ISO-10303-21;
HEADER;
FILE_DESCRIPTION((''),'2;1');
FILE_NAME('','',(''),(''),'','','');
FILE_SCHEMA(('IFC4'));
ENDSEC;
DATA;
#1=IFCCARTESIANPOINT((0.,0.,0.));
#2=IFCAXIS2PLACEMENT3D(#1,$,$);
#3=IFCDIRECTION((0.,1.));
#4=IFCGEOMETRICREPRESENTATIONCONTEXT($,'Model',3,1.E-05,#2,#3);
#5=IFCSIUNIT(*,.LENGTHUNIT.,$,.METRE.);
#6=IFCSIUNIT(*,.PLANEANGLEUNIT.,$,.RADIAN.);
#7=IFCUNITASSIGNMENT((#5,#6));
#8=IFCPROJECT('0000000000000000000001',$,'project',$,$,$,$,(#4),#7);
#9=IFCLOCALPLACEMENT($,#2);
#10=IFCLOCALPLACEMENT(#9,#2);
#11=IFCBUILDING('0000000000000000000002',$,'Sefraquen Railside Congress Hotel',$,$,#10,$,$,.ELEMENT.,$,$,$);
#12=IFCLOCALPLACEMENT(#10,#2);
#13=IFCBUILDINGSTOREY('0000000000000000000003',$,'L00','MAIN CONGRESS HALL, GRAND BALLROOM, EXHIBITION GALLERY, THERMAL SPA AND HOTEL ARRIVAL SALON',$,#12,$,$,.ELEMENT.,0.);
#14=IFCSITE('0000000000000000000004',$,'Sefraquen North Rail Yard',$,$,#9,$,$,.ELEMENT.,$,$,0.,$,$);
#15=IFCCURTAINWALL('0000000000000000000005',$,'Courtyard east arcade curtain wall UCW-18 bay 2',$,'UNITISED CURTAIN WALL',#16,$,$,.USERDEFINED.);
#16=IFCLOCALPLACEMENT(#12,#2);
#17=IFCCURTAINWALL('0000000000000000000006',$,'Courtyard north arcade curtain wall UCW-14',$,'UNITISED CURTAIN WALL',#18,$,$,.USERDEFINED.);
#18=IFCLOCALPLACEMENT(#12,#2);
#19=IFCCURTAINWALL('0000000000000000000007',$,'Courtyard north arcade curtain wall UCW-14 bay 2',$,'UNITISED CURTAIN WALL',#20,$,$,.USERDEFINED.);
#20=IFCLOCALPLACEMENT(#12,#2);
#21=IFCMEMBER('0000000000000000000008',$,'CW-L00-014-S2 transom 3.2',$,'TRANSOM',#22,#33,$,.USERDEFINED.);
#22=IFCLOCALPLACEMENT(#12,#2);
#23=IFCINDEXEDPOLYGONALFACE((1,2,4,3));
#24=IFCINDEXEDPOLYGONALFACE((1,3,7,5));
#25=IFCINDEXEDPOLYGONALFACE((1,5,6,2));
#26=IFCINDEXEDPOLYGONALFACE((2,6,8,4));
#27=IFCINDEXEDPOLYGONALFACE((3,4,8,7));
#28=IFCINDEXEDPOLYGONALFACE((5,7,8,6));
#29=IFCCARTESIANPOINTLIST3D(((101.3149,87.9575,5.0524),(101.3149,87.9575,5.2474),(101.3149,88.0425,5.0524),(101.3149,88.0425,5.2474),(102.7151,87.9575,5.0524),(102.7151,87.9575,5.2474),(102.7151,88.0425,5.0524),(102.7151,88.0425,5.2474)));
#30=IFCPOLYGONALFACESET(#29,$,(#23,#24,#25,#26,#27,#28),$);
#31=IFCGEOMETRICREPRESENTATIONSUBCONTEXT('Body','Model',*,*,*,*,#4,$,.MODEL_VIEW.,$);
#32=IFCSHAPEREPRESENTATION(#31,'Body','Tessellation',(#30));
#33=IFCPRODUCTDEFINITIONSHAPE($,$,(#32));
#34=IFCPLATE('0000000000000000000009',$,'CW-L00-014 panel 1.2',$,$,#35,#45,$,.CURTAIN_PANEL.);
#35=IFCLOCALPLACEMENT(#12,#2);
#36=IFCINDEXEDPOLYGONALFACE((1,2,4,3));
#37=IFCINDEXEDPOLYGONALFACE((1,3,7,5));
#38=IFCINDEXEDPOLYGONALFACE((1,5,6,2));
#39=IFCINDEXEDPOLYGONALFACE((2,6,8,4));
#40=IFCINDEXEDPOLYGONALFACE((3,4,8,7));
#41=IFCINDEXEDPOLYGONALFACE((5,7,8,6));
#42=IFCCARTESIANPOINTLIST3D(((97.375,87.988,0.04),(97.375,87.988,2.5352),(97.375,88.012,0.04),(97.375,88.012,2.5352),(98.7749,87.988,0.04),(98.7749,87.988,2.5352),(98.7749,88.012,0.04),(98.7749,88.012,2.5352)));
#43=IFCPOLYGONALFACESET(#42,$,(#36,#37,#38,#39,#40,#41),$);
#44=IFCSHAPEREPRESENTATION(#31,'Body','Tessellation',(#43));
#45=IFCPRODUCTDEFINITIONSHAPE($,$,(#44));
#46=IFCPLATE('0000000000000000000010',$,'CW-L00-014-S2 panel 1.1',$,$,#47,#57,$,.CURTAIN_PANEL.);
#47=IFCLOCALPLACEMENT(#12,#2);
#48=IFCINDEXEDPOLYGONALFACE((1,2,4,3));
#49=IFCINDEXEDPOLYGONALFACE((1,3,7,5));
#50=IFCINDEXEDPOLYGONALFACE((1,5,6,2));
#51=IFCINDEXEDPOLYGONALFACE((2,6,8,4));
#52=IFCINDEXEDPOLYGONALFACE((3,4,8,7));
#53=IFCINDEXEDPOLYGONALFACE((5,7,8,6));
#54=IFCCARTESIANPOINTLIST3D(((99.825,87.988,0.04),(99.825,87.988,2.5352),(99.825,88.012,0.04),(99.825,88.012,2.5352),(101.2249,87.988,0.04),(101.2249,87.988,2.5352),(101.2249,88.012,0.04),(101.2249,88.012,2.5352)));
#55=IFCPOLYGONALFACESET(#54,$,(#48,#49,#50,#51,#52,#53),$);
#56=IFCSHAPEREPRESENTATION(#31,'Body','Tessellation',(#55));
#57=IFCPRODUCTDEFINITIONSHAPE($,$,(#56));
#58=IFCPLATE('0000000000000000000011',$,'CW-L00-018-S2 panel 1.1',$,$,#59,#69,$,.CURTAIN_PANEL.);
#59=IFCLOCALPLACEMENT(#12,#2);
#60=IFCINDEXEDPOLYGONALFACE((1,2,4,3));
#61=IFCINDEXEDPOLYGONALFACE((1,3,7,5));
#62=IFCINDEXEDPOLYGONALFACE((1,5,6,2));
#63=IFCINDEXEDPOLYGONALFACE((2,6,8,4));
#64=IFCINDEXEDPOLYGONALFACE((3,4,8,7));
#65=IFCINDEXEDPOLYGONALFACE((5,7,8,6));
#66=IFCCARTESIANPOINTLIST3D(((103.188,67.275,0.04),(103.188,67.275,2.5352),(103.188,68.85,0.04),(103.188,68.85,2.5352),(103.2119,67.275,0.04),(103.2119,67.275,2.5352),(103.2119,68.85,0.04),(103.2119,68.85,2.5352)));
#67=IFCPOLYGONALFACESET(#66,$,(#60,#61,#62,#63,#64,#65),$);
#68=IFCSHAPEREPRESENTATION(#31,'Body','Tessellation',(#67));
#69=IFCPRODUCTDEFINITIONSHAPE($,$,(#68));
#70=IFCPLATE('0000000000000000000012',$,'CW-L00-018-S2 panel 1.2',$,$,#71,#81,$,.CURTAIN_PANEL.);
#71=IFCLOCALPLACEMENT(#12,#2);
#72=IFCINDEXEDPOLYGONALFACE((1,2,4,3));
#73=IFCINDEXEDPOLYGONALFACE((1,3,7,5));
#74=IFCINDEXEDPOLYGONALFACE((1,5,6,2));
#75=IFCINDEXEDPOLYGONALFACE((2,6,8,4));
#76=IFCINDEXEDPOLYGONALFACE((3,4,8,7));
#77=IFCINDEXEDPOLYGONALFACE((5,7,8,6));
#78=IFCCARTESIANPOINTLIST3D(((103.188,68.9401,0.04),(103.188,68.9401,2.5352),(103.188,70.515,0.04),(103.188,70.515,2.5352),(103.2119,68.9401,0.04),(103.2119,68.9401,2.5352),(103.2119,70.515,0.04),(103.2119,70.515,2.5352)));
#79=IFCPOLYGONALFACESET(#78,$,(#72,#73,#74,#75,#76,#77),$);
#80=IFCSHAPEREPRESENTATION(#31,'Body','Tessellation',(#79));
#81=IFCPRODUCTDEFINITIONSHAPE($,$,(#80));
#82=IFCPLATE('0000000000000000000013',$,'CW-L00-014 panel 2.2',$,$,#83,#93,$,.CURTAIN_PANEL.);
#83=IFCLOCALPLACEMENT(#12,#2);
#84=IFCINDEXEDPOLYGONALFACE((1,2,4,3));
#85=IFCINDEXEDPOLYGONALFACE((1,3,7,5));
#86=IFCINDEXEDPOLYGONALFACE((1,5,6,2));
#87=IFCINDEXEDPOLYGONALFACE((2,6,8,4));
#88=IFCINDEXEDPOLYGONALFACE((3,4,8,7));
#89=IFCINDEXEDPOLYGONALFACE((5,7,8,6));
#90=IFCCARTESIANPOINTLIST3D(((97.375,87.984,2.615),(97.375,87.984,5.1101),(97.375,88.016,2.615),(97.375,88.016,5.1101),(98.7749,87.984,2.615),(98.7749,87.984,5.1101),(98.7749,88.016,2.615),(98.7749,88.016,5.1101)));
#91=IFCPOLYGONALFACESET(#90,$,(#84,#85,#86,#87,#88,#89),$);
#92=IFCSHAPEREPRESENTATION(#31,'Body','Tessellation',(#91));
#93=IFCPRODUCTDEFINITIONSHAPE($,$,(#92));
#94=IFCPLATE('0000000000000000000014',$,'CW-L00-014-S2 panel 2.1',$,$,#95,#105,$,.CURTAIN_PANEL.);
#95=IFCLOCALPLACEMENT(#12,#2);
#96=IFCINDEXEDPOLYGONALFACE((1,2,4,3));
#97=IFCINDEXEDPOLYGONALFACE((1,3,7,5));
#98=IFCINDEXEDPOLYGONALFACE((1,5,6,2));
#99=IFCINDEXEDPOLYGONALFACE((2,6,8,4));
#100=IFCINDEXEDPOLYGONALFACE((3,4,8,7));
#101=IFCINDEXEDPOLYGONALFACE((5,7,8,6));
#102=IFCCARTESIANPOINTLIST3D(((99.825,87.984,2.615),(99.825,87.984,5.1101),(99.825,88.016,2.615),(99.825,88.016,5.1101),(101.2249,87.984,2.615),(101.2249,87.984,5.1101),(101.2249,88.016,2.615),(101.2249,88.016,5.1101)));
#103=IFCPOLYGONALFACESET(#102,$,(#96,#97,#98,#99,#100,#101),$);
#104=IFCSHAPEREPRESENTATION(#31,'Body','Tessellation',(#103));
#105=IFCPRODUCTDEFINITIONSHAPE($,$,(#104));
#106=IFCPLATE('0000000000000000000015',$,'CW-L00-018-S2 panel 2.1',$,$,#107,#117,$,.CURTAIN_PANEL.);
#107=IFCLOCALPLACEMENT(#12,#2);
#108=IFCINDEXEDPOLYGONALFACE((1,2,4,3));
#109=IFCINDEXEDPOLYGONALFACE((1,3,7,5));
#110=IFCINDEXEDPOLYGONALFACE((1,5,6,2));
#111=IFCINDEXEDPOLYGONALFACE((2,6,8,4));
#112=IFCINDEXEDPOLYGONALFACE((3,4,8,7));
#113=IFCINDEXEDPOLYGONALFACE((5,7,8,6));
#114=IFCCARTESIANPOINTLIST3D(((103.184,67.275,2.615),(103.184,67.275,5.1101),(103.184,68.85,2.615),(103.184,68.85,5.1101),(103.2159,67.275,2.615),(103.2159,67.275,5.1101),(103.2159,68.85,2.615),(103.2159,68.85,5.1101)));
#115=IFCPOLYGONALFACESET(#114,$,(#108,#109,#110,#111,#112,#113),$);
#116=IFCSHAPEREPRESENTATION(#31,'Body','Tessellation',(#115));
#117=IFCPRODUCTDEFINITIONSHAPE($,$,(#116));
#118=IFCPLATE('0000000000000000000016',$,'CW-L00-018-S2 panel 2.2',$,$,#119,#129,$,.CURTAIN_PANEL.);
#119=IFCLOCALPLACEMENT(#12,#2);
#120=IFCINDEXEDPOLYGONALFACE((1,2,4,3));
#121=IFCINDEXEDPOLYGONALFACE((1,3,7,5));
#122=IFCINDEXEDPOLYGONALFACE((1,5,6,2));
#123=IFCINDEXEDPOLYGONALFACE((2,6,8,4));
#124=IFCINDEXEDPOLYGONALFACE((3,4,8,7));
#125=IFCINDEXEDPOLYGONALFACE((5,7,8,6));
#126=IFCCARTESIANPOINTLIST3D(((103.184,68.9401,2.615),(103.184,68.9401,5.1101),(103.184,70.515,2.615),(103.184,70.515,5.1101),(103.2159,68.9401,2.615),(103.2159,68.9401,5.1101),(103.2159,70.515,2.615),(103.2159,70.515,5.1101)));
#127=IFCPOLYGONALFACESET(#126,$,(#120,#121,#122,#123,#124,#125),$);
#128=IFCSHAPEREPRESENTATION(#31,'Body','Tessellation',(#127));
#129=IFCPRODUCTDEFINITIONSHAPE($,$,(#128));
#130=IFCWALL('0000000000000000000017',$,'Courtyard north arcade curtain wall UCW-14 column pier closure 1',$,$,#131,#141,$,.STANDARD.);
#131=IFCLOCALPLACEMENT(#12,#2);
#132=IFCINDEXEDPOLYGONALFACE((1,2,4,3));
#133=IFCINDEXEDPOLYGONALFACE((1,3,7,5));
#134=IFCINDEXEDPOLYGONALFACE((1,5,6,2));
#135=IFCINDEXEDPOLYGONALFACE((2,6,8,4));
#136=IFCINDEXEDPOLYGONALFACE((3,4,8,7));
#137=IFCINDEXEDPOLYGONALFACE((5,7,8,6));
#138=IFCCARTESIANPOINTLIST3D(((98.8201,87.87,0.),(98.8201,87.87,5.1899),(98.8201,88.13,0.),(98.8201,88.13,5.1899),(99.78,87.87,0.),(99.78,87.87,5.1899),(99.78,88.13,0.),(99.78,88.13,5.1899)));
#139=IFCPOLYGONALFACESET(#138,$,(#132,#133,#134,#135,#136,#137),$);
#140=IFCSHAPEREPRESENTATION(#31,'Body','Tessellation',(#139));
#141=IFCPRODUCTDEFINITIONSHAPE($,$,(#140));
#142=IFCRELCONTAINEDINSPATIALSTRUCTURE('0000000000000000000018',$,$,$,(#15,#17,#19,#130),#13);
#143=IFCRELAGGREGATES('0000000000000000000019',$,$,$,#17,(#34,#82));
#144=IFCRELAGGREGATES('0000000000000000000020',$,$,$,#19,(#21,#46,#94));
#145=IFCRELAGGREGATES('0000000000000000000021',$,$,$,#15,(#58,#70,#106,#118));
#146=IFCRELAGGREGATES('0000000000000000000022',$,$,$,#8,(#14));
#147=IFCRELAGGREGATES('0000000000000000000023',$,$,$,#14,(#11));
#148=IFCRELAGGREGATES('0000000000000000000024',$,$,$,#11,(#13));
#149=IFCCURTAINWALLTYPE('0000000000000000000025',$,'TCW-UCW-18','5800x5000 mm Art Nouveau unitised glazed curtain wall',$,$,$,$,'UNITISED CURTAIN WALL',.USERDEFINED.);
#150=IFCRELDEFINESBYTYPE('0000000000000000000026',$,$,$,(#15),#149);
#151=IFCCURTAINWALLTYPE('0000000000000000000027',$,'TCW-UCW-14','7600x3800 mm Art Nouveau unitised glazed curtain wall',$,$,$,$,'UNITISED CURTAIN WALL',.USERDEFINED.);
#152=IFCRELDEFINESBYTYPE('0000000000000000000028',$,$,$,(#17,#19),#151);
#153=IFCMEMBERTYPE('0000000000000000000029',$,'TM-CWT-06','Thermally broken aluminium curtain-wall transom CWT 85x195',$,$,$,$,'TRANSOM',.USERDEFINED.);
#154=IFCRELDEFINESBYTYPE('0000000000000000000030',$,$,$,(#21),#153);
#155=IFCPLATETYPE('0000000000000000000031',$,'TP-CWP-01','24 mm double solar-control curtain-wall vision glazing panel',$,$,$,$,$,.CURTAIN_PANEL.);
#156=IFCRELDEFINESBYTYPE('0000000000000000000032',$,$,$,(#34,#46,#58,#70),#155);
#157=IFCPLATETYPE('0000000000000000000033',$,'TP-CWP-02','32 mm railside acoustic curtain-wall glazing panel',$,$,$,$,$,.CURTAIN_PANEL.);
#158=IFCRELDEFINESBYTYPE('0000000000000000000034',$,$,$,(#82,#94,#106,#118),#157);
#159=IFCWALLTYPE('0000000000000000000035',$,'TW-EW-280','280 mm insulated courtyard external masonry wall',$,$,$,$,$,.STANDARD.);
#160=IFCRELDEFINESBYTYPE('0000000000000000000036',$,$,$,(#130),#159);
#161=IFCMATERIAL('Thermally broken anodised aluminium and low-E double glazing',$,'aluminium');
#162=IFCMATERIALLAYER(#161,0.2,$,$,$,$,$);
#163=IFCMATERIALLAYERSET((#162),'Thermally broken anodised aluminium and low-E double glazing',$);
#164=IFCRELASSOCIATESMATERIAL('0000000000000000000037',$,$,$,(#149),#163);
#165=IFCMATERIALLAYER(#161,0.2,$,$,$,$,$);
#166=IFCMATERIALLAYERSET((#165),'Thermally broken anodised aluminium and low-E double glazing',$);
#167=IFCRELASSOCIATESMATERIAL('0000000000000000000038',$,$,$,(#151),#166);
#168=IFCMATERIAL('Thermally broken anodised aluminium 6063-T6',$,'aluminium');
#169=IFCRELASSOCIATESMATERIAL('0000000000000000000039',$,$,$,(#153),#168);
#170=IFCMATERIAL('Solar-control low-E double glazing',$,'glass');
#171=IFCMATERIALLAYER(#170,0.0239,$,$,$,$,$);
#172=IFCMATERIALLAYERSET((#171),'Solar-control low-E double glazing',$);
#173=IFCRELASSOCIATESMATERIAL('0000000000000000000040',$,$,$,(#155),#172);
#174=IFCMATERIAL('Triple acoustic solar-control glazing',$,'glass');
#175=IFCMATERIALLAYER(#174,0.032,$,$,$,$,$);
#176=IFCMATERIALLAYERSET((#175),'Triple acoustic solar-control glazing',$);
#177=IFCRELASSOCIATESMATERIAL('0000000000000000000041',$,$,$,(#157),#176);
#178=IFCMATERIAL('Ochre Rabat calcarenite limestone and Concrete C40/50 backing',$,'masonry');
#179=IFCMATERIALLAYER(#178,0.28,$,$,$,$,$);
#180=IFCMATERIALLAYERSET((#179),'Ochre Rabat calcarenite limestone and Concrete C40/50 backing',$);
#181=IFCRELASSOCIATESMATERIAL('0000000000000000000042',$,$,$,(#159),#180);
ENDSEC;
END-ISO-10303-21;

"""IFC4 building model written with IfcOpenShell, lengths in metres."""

from ifc_helpers import new_model, si_unit, direction, frame, frame_2d, origin, origin_2d, place, context, subcontext, project, spatial, rectangle, extrude, material, layer, layer_set, material_profile, profile_set, type_object, element, aggregate, save


model = new_model("IFC4")

# Units and contexts
model_context = context("Model", 3, precision=1e-05, world=origin(), true_north=direction((0.0, 1.0)))
body_context = subcontext(model_context, "Body", "Model", "MODEL_VIEW")
ifc_project = project(units=[si_unit("LENGTHUNIT", "METRE"), si_unit("PLANEANGLEUNIT", "RADIAN")], contexts=[model_context])

# Site, building, storey
site_placement = place(None, origin())
site = spatial("IfcSite", under=ifc_project, at=site_placement, Name="Sefraquen North Rail Yard", CompositionType="ELEMENT", RefElevation=0.0)
building_placement = place(site_placement, origin())
building = spatial("IfcBuilding", under=site, at=building_placement, Name="Sefraquen Railside Congress Hotel", CompositionType="ELEMENT")
storey_placement = place(building_placement, origin())
storey = spatial("IfcBuildingStorey", under=building, at=storey_placement, Name="L00", Description="MAIN CONGRESS HALL, GRAND BALLROOM, EXHIBITION GALLERY, THERMAL SPA AND HOTEL ARRIVAL SALON", CompositionType="ELEMENT", Elevation=0.0)

# Curtain walls
ifc_material_1 = material(Name="Thermally broken anodised aluminium and low-E double glazing", Category="aluminium")
ifc_layer_1 = layer(ifc_material_1, 0.2)
ifc_layer_set_1 = layer_set([ifc_layer_1], Name="Thermally broken anodised aluminium and low-E double glazing")
curtain_wall_type_1 = type_object("IfcCurtainWallType", Name="TCW-UCW-18", Description="5800x5000 mm Art Nouveau unitised glazed curtain wall", ElementType="UNITISED CURTAIN WALL", PredefinedType="USERDEFINED", material=ifc_layer_set_1)
curtain_wall_1_placement = place(storey_placement, origin())
curtain_wall_1 = element("IfcCurtainWall", 1, at=curtain_wall_1_placement, inside=storey, type_object=curtain_wall_type_1, Name="Courtyard east arcade curtain wall UCW-18 bay 2", ObjectType="UNITISED CURTAIN WALL", PredefinedType="USERDEFINED")
ifc_material_2 = material(Name="Thermally broken anodised aluminium 6063-T6", Category="aluminium")
ifc_layer_2 = layer(ifc_material_1, 0.2)
ifc_layer_set_2 = layer_set([ifc_layer_2], Name="Thermally broken anodised aluminium and low-E double glazing")
curtain_wall_type_2 = type_object("IfcCurtainWallType", Name="TCW-UCW-14", Description="7600x3800 mm Art Nouveau unitised glazed curtain wall", ElementType="UNITISED CURTAIN WALL", PredefinedType="USERDEFINED", material=ifc_layer_set_2)
curtain_wall_2_placement = place(storey_placement, origin())
curtain_wall_2 = element("IfcCurtainWall", 2, at=curtain_wall_2_placement, inside=storey, type_object=curtain_wall_type_2, Name="Courtyard north arcade curtain wall UCW-14", ObjectType="UNITISED CURTAIN WALL", PredefinedType="USERDEFINED")
curtain_wall_3_placement = place(storey_placement, origin())
curtain_wall_3 = element("IfcCurtainWall", 3, at=curtain_wall_3_placement, inside=storey, type_object=curtain_wall_type_2, Name="Courtyard north arcade curtain wall UCW-14 bay 2", ObjectType="UNITISED CURTAIN WALL", PredefinedType="USERDEFINED")

# Member
ifc_material_profile_1 = material_profile(ifc_material_2, rectangle(XDim=0.085, YDim=0.1951, at=origin_2d()), Name="CWT 85x195")
ifc_profile_set_1 = profile_set([ifc_material_profile_1], Name="Thermally broken anodised aluminium 6063-T6")
member_type_1 = type_object("IfcMemberType", Name="TM-CWT-06", Description="Thermally broken aluminium curtain-wall transom CWT 85x195", ElementType="TRANSOM", PredefinedType="USERDEFINED", material=ifc_profile_set_1)
member_1_placement = place(storey_placement, frame((101.3149, 88.0, 5.1499), z_axis=(1.0, 0.0, 0.0), x_axis=(0.0, 1.0, 0.0)))
member_1 = element("IfcMember", 4, at=member_1_placement, type_object=member_type_1, Name="CW-L00-014-S2 transom 3.2", ObjectType="TRANSOM", PredefinedType="USERDEFINED", context=body_context, shape_type="SweptSolid", body=[
    extrude(rectangle(XDim=0.085, YDim=0.1951, at=origin_2d()), origin(), (0.0, 0.0, 1.0), 1.4001),
])

# Plates
ifc_material_3 = material(Name="Solar-control low-E double glazing", Category="glass")
ifc_layer_3 = layer(ifc_material_3, 0.0239)
ifc_layer_set_3 = layer_set([ifc_layer_3], Name="Solar-control low-E double glazing")
plate_type_1 = type_object("IfcPlateType", Name="TP-CWP-01", Description="24 mm double solar-control curtain-wall vision glazing panel", PredefinedType="CURTAIN_PANEL", material=ifc_layer_set_3)
plate_1_placement = place(storey_placement, frame((98.075, 88.0, 0.04), z_axis=(0.0, 0.0, 1.0), x_axis=(1.0, 0.0, 0.0)))
plate_1 = element("IfcPlate", 5, at=plate_1_placement, type_object=plate_type_1, Name="CW-L00-014 panel 1.2", PredefinedType="CURTAIN_PANEL", context=body_context, shape_type="SweptSolid", body=[
    extrude(rectangle(XDim=1.3999, YDim=0.0239, at=origin_2d()), origin(), (0.0, 0.0, 1.0), 2.4951),
])
plate_2_placement = place(storey_placement, frame((100.5249, 88.0, 0.04), z_axis=(0.0, 0.0, 1.0), x_axis=(1.0, 0.0, 0.0)))
plate_2 = element("IfcPlate", 6, at=plate_2_placement, type_object=plate_type_1, Name="CW-L00-014-S2 panel 1.1", PredefinedType="CURTAIN_PANEL", context=body_context, shape_type="SweptSolid", body=[
    extrude(rectangle(XDim=1.3999, YDim=0.0239, at=origin_2d()), origin(), (0.0, 0.0, 1.0), 2.4951),
])
plate_3_placement = place(storey_placement, frame((103.2, 68.0625, 0.04), z_axis=(0.0, 0.0, 1.0), x_axis=(0.0, 1.0, 0.0)))
plate_3 = element("IfcPlate", 7, at=plate_3_placement, type_object=plate_type_1, Name="CW-L00-018-S2 panel 1.1", PredefinedType="CURTAIN_PANEL", context=body_context, shape_type="SweptSolid", body=[
    extrude(rectangle(XDim=1.575, YDim=0.0239, at=origin_2d()), origin(), (0.0, 0.0, 1.0), 2.4951),
])
plate_4_placement = place(storey_placement, frame((103.2, 69.7275, 0.04), z_axis=(0.0, 0.0, 1.0), x_axis=(0.0, 1.0, 0.0)))
plate_4 = element("IfcPlate", 8, at=plate_4_placement, type_object=plate_type_1, Name="CW-L00-018-S2 panel 1.2", PredefinedType="CURTAIN_PANEL", context=body_context, shape_type="SweptSolid", body=[
    extrude(rectangle(XDim=1.575, YDim=0.0239, at=origin_2d()), origin(), (0.0, 0.0, 1.0), 2.4951),
])
ifc_material_4 = material(Name="Triple acoustic solar-control glazing", Category="glass")
ifc_layer_4 = layer(ifc_material_4, 0.032)
ifc_layer_set_4 = layer_set([ifc_layer_4], Name="Triple acoustic solar-control glazing")
plate_type_2 = type_object("IfcPlateType", Name="TP-CWP-02", Description="32 mm railside acoustic curtain-wall glazing panel", PredefinedType="CURTAIN_PANEL", material=ifc_layer_set_4)
plate_5_placement = place(storey_placement, frame((98.075, 88.0, 2.615), z_axis=(0.0, 0.0, 1.0), x_axis=(1.0, 0.0, 0.0)))
plate_5 = element("IfcPlate", 9, at=plate_5_placement, type_object=plate_type_2, Name="CW-L00-014 panel 2.2", PredefinedType="CURTAIN_PANEL", context=body_context, shape_type="SweptSolid", body=[
    extrude(rectangle(XDim=1.3999, YDim=0.032, at=origin_2d()), origin(), (0.0, 0.0, 1.0), 2.4951),
])
aggregate(curtain_wall_2, [plate_1, plate_5])
plate_6_placement = place(storey_placement, frame((100.5249, 88.0, 2.615), z_axis=(0.0, 0.0, 1.0), x_axis=(1.0, 0.0, 0.0)))
plate_6 = element("IfcPlate", 10, at=plate_6_placement, type_object=plate_type_2, Name="CW-L00-014-S2 panel 2.1", PredefinedType="CURTAIN_PANEL", context=body_context, shape_type="SweptSolid", body=[
    extrude(rectangle(XDim=1.3999, YDim=0.032, at=origin_2d()), origin(), (0.0, 0.0, 1.0), 2.4951),
])
aggregate(curtain_wall_3, [member_1, plate_2, plate_6])
plate_7_placement = place(storey_placement, frame((103.2, 68.0625, 2.615), z_axis=(0.0, 0.0, 1.0), x_axis=(0.0, 1.0, 0.0)))
plate_7 = element("IfcPlate", 11, at=plate_7_placement, type_object=plate_type_2, Name="CW-L00-018-S2 panel 2.1", PredefinedType="CURTAIN_PANEL", context=body_context, shape_type="SweptSolid", body=[
    extrude(rectangle(XDim=1.575, YDim=0.032, at=origin_2d()), origin(), (0.0, 0.0, 1.0), 2.4951),
])
plate_8_placement = place(storey_placement, frame((103.2, 69.7275, 2.615), z_axis=(0.0, 0.0, 1.0), x_axis=(0.0, 1.0, 0.0)))
plate_8 = element("IfcPlate", 12, at=plate_8_placement, type_object=plate_type_2, Name="CW-L00-018-S2 panel 2.2", PredefinedType="CURTAIN_PANEL", context=body_context, shape_type="SweptSolid", body=[
    extrude(rectangle(XDim=1.575, YDim=0.032, at=origin_2d()), origin(), (0.0, 0.0, 1.0), 2.4951),
])
aggregate(curtain_wall_1, [plate_3, plate_4, plate_7, plate_8])

# Wall
ifc_material_5 = material(Name="Ochre Rabat calcarenite limestone and Concrete C40/50 backing", Category="masonry")
ifc_layer_5 = layer(ifc_material_5, 0.28)
ifc_layer_set_5 = layer_set([ifc_layer_5], Name="Ochre Rabat calcarenite limestone and Concrete C40/50 backing")
wall_type = type_object("IfcWallType", Name="TW-EW-280", Description="280 mm insulated courtyard external masonry wall", PredefinedType="STANDARD", material=ifc_layer_set_5)
wall_placement = place(storey_placement, frame((98.8201, 88.0, 0.0), z_axis=(0.0, 0.0, 1.0), x_axis=(1.0, 0.0, 0.0)))
element("IfcWall", 13, at=wall_placement, inside=storey, type_object=wall_type, Name="Courtyard north arcade curtain wall UCW-14 column pier closure 1", PredefinedType="STANDARD", context=body_context, shape_type="SweptSolid", body=[
    extrude(rectangle(XDim=0.96, YDim=0.26, at=frame_2d((0.48, 0.0))), origin(), (0.0, 0.0, 1.0), 5.1899),
])

save(model, "model.ifc")
